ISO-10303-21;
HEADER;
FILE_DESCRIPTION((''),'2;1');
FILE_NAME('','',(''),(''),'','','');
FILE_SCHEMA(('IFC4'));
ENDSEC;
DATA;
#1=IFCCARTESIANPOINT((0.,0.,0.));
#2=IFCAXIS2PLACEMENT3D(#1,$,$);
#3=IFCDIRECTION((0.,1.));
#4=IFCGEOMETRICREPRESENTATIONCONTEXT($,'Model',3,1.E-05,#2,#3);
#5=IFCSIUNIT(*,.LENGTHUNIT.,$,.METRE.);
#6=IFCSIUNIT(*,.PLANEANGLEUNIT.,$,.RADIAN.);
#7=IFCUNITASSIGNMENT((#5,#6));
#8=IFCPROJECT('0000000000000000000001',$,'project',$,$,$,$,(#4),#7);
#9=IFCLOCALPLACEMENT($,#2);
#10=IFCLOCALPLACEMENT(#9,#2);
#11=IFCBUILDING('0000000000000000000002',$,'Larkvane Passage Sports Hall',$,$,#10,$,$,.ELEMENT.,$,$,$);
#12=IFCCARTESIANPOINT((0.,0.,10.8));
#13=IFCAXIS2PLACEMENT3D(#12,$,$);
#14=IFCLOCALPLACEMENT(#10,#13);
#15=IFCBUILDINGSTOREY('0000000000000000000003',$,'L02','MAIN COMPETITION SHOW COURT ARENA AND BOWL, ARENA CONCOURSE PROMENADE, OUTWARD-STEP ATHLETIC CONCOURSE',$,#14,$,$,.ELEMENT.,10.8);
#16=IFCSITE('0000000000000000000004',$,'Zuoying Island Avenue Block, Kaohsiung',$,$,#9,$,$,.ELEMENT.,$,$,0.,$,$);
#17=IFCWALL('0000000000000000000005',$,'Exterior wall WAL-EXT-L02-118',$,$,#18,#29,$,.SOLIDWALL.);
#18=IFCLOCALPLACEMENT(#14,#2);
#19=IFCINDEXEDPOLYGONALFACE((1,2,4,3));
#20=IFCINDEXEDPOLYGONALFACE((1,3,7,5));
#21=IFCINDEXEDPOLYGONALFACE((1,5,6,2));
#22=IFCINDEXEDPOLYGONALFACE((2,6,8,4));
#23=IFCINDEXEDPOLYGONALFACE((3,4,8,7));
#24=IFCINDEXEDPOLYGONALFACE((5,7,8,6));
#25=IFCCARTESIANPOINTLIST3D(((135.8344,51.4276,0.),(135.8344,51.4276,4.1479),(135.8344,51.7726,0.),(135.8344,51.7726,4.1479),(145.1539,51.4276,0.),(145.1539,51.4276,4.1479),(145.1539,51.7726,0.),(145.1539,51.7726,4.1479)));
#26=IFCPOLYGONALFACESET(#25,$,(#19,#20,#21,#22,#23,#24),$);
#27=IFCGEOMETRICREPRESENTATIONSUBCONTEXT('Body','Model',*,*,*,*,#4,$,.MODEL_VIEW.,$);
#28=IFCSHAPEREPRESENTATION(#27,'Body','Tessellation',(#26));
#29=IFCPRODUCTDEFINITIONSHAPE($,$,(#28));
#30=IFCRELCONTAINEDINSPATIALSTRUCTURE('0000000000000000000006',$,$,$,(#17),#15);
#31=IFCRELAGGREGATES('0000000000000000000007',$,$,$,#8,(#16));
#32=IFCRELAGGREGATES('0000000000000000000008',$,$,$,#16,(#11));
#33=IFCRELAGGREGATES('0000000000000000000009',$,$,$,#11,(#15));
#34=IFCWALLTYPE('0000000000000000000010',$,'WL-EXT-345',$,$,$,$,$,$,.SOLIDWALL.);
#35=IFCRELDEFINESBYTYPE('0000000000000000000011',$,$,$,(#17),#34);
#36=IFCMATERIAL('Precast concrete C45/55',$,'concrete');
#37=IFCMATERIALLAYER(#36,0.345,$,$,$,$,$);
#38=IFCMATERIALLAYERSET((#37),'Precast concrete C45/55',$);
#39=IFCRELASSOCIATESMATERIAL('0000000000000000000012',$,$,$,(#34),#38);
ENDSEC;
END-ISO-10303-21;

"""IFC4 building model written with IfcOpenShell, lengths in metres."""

from ifc_helpers import new_model, si_unit, direction, frame, frame_2d, origin, place, context, subcontext, project, spatial, rectangle, extrude, material, layer, layer_set, type_object, element, save


model = new_model("IFC4")

# Units and contexts
model_context = context("Model", 3, precision=1e-05, world=origin(), true_north=direction((0.0, 1.0)))
body_context = subcontext(model_context, "Body", "Model", "MODEL_VIEW")
ifc_project = project(units=[si_unit("LENGTHUNIT", "METRE"), si_unit("PLANEANGLEUNIT", "RADIAN")], contexts=[model_context])

# Site, building, storey
site_placement = place(None, origin())
site = spatial("IfcSite", under=ifc_project, at=site_placement, Name="Zuoying Island Avenue Block, Kaohsiung", CompositionType="ELEMENT", RefElevation=0.0)
building_placement = place(site_placement, origin())
building = spatial("IfcBuilding", under=site, at=building_placement, Name="Larkvane Passage Sports Hall", CompositionType="ELEMENT")
storey_placement = place(building_placement, frame((0.0, 0.0, 10.8)))
storey = spatial("IfcBuildingStorey", under=building, at=storey_placement, Name="L02", Description="MAIN COMPETITION SHOW COURT ARENA AND BOWL, ARENA CONCOURSE PROMENADE, OUTWARD-STEP ATHLETIC CONCOURSE", CompositionType="ELEMENT", Elevation=10.8)

# Wall
ifc_material_1 = material(Name="Precast concrete C45/55", Category="concrete")
ifc_layer_1 = layer(ifc_material_1, 0.345)
ifc_layer_set_1 = layer_set([ifc_layer_1], Name="Precast concrete C45/55")
wall_type_1 = type_object("IfcWallType", Name="WL-EXT-345", PredefinedType="SOLIDWALL", material=ifc_layer_set_1)
wall_1_placement = place(storey_placement, frame((135.8345, 51.6001, 0.0), z_axis=(0.0, 0.0, 1.0), x_axis=(1.0, 0.0, 0.0)))
element("IfcWall", 1, at=wall_1_placement, inside=storey, type_object=wall_type_1, Name="Exterior wall WAL-EXT-L02-118", PredefinedType="SOLIDWALL", context=body_context, shape_type="SweptSolid", body=[
    extrude(rectangle(XDim=9.3196, YDim=0.345, at=frame_2d((4.6597, 0.0))), origin(), (0.0, 0.0, 1.0), 4.1479),
])

save(model, "model.ifc")
